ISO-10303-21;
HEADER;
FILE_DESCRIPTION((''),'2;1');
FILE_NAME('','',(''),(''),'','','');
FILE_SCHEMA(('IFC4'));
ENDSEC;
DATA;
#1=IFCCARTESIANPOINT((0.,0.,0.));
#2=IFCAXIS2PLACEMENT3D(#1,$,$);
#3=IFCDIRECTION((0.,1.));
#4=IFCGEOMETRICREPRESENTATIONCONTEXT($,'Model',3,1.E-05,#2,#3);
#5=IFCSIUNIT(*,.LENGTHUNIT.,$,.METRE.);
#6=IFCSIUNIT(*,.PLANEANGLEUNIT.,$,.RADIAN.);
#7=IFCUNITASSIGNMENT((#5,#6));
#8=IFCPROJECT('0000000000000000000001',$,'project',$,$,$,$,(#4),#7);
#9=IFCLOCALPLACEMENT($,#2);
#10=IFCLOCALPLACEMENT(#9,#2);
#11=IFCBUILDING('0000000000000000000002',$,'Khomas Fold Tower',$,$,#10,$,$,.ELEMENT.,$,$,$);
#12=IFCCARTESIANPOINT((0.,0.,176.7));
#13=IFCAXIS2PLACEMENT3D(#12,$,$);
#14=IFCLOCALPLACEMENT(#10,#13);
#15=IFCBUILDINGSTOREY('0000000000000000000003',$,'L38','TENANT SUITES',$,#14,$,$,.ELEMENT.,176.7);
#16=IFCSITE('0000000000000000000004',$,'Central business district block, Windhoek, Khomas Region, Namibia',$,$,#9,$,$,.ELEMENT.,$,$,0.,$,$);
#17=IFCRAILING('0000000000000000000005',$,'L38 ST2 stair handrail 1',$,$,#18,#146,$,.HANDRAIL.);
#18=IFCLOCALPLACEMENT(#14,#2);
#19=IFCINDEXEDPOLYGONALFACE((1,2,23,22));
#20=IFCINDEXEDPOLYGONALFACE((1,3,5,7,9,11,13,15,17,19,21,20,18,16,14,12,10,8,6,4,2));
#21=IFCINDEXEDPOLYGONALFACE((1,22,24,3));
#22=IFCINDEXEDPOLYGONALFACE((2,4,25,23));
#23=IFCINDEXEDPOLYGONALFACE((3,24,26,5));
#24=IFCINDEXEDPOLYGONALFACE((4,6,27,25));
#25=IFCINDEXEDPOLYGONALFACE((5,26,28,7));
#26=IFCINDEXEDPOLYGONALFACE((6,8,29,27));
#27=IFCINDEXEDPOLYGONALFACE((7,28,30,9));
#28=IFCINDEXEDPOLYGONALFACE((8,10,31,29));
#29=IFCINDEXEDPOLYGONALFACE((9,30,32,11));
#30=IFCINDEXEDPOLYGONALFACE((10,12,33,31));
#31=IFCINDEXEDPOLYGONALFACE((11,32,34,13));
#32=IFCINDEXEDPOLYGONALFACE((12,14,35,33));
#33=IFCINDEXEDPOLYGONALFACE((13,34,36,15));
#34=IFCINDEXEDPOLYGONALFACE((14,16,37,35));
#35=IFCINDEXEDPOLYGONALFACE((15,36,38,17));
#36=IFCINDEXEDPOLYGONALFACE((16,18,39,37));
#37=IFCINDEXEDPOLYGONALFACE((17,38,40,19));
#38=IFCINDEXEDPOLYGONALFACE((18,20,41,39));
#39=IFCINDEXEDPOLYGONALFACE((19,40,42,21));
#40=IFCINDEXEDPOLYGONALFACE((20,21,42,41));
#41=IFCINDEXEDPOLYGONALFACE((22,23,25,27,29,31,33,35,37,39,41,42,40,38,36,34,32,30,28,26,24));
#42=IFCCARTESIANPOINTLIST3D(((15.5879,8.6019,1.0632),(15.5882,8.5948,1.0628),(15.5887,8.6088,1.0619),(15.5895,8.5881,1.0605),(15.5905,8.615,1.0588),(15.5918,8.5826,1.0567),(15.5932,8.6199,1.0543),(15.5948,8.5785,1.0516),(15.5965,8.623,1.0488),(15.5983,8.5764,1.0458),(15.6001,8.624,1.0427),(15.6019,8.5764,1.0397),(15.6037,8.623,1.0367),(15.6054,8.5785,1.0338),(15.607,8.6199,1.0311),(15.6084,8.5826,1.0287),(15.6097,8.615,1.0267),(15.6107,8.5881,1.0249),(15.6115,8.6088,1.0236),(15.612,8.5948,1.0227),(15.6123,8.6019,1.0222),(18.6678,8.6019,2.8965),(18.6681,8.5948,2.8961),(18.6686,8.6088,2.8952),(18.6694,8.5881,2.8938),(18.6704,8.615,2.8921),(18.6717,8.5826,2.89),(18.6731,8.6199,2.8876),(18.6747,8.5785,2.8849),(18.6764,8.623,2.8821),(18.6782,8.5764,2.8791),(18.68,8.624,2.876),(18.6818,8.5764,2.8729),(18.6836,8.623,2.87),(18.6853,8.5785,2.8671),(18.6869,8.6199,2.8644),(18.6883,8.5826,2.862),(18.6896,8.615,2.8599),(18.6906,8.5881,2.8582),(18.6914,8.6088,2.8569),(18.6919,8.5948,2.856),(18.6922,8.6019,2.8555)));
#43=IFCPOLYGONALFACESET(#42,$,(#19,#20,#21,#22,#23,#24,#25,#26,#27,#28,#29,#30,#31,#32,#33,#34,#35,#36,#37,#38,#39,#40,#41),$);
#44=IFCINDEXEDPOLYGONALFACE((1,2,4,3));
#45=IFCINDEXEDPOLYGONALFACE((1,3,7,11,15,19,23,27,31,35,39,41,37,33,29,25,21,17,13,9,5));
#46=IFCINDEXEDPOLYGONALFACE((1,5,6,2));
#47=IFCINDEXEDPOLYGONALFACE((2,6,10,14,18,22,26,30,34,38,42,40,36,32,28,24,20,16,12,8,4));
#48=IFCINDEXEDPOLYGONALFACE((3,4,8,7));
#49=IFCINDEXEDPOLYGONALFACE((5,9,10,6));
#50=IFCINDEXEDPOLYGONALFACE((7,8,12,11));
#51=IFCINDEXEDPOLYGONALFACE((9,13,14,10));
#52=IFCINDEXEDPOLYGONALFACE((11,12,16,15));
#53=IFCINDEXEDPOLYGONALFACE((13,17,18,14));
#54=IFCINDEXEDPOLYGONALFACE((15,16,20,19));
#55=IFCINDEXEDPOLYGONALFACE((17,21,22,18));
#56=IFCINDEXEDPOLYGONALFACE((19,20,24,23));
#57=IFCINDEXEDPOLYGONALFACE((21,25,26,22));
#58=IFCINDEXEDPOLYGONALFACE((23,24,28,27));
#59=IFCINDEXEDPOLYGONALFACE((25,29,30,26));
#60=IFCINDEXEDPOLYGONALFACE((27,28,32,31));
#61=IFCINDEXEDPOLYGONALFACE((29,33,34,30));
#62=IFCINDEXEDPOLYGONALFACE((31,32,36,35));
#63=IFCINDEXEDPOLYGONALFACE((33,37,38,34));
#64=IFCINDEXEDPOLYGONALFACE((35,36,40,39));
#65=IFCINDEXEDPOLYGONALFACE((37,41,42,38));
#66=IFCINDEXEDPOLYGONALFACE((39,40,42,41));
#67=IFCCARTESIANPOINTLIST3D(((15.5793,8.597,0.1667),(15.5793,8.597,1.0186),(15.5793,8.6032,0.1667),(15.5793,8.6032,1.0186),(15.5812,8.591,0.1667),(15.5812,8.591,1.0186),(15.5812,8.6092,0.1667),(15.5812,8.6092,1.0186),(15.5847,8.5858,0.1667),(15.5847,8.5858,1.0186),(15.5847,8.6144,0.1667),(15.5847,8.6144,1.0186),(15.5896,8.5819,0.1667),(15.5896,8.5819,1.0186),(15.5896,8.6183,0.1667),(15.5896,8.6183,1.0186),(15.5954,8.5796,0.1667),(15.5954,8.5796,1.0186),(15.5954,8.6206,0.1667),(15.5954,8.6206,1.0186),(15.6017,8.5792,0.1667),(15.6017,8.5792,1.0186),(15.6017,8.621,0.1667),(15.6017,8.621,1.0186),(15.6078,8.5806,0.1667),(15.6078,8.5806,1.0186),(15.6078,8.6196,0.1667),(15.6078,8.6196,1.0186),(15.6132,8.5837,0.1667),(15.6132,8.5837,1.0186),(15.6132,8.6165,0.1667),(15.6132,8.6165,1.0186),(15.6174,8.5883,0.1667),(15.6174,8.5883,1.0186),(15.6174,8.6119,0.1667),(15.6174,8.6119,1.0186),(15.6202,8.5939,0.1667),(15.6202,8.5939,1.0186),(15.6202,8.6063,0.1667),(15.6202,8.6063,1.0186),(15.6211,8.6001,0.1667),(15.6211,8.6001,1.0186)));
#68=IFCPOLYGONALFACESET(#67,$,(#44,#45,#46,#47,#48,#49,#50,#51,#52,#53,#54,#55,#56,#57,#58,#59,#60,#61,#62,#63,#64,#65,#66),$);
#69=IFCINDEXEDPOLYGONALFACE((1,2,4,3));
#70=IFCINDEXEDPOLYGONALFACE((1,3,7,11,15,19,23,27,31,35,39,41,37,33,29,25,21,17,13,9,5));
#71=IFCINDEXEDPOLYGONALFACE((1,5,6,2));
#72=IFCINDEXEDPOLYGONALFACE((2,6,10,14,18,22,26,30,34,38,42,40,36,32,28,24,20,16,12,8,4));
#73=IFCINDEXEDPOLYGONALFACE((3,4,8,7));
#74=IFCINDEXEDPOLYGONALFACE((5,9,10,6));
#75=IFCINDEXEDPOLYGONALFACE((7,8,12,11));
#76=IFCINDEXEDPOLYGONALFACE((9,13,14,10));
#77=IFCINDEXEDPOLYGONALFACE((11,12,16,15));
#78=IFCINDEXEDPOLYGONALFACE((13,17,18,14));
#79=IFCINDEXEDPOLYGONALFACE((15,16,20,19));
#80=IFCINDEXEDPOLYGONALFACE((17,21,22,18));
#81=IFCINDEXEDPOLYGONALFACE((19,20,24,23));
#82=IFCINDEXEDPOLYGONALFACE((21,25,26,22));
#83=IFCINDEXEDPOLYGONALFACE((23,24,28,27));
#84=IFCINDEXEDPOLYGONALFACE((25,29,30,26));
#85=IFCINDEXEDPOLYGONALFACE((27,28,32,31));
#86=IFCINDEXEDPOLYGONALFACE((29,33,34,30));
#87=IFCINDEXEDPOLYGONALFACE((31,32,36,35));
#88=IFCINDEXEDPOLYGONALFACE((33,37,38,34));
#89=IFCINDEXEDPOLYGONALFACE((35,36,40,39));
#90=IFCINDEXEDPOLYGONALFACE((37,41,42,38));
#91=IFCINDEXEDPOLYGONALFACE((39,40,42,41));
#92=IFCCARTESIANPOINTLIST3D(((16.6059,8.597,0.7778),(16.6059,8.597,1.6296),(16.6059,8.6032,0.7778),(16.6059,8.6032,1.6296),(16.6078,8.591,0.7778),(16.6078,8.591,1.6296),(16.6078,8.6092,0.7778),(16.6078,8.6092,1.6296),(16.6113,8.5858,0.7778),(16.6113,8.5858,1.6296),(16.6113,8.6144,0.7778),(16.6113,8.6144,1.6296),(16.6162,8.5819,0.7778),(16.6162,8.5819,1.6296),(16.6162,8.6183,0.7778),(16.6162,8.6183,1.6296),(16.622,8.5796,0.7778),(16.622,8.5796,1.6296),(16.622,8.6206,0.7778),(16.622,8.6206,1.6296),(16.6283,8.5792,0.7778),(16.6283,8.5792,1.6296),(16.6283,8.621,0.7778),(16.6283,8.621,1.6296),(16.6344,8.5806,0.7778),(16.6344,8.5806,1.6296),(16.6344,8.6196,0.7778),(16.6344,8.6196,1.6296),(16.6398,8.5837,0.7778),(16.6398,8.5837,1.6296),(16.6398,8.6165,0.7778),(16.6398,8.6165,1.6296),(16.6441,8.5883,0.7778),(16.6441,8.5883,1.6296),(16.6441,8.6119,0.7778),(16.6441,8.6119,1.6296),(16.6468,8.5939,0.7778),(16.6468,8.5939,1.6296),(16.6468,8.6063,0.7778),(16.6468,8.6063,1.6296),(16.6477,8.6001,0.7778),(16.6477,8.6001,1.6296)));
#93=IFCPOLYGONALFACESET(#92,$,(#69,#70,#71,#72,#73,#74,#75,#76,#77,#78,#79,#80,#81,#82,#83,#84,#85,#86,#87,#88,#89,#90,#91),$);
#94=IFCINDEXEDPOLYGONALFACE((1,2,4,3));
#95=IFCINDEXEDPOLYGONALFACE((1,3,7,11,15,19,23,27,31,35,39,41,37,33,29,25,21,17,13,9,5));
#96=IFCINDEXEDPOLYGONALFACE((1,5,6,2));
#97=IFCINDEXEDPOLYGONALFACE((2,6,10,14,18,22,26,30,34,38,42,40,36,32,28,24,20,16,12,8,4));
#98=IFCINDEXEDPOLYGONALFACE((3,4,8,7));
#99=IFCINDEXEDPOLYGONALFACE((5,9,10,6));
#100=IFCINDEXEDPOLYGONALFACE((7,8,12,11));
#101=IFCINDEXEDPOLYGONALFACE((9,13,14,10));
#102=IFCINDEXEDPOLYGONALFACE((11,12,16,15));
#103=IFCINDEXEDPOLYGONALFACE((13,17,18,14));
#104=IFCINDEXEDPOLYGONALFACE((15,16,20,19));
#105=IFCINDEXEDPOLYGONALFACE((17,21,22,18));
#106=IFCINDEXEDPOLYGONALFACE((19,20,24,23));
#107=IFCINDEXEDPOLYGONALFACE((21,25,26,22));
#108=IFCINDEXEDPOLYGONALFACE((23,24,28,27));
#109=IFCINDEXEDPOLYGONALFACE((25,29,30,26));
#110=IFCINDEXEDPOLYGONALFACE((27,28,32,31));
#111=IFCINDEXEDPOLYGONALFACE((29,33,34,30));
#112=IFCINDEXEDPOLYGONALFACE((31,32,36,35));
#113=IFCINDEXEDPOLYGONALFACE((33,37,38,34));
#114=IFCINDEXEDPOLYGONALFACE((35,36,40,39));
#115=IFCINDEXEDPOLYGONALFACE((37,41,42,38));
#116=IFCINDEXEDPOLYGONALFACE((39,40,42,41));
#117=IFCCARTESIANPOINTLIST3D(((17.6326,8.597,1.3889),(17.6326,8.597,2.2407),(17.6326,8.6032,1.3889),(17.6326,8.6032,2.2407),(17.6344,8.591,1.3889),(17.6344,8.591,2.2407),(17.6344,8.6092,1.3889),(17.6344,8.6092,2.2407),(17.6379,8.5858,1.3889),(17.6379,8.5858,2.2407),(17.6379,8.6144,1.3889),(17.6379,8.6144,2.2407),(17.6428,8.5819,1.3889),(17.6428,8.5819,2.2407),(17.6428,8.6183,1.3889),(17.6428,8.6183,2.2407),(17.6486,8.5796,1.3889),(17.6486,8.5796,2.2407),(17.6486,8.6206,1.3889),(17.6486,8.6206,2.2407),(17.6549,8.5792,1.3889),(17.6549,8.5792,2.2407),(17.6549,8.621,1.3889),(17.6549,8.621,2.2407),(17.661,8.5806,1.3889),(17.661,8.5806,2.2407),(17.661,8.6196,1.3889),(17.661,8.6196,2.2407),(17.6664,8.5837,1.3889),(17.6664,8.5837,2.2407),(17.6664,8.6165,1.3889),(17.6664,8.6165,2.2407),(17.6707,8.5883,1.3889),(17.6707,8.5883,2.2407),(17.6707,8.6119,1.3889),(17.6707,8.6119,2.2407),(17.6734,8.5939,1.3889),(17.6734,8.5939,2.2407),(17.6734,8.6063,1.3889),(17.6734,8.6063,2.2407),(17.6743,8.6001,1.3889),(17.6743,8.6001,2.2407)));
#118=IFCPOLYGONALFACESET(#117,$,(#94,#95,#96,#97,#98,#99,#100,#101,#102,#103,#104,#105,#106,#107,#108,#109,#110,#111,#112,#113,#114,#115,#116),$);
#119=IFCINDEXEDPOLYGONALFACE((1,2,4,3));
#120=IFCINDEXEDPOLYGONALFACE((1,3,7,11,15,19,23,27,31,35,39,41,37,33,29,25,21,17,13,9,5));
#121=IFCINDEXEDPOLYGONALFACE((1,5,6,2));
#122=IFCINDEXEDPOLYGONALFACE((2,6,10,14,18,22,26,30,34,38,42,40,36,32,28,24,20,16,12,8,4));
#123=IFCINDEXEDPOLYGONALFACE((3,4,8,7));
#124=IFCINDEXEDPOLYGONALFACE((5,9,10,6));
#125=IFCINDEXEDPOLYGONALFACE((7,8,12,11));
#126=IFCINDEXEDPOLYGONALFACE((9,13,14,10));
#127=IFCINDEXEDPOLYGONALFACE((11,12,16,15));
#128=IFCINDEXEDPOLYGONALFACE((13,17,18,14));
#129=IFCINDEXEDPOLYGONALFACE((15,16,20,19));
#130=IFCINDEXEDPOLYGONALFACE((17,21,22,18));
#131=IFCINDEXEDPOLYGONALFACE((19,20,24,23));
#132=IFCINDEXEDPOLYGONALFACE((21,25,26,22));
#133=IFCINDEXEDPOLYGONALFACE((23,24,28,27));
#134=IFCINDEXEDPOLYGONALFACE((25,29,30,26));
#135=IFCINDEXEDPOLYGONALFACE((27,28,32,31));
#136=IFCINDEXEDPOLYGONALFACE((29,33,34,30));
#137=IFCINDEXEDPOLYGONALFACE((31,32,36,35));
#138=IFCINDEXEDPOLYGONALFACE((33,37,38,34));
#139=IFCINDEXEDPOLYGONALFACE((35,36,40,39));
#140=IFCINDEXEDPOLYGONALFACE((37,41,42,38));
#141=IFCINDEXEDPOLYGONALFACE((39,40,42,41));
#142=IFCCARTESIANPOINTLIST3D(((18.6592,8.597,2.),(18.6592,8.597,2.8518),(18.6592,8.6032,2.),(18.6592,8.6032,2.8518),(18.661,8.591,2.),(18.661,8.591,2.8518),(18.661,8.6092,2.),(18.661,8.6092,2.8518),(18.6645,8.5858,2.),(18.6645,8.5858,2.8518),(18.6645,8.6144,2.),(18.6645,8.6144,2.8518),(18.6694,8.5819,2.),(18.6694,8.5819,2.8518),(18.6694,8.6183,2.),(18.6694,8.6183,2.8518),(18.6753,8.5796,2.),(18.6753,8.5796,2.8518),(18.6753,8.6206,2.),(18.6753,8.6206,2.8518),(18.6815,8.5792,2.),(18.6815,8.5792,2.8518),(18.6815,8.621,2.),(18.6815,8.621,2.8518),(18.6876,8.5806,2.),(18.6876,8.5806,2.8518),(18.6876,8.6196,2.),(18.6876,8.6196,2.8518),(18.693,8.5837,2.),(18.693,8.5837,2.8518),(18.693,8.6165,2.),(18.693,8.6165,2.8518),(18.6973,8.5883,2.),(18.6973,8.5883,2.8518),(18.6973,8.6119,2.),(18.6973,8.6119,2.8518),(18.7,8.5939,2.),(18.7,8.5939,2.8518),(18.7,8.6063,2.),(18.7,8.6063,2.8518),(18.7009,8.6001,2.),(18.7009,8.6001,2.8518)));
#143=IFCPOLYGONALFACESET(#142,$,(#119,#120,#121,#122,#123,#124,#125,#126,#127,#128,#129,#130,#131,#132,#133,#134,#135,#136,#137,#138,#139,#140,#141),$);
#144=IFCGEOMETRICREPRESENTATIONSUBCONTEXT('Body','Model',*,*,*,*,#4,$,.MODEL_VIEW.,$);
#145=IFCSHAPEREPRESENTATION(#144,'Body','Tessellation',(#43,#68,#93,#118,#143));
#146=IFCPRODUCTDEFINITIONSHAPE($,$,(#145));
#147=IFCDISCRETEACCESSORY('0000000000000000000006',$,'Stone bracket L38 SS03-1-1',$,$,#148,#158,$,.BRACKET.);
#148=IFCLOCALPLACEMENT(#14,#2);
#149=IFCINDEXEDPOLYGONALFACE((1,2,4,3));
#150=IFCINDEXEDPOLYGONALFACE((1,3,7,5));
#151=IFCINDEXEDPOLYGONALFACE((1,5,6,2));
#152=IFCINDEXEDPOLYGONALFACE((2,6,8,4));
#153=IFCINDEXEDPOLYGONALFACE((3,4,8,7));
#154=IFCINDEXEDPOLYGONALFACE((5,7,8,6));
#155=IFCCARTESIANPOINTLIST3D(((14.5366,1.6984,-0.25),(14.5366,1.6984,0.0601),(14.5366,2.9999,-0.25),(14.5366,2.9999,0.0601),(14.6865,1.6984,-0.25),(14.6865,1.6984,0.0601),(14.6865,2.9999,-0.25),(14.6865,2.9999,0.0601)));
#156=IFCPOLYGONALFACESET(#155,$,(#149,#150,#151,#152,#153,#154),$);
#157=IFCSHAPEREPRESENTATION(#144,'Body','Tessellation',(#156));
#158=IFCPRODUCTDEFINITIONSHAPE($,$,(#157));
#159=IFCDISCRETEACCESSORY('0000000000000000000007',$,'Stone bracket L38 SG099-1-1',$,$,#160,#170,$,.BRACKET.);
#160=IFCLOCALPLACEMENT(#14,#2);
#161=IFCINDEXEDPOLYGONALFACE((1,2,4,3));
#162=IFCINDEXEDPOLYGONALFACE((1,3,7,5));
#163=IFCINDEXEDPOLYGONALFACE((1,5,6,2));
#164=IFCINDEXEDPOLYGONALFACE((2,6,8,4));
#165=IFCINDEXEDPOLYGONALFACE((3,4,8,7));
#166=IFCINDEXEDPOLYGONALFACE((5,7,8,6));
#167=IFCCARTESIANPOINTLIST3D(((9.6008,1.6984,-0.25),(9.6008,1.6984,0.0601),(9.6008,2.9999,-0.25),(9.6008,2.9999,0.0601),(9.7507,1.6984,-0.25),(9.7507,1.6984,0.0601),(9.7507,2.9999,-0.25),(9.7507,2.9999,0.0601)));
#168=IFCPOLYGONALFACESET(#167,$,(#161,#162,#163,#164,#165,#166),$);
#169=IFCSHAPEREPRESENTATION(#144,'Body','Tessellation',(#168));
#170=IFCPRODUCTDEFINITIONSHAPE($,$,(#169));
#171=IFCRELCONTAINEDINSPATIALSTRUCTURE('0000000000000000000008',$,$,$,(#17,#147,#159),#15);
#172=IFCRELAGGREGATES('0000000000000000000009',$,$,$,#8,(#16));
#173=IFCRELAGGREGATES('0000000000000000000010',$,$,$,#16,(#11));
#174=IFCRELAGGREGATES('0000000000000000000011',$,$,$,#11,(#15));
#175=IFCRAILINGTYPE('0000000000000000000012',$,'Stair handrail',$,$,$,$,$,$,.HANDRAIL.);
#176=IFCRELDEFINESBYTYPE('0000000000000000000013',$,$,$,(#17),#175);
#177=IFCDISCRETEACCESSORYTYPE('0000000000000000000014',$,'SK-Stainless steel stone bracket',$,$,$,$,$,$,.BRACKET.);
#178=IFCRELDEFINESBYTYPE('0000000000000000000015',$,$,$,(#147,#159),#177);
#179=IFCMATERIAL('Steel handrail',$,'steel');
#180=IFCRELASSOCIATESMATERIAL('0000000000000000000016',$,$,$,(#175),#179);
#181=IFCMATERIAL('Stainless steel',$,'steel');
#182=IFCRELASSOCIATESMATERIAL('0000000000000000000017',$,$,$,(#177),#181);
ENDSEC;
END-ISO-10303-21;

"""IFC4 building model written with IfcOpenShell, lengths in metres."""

from ifc_helpers import new_model, si_unit, direction, frame, origin, origin_2d, place, context, subcontext, project, spatial, rectangle, circle, extrude, source, transform, mapped, material, type_object, element, save


model = new_model("IFC4")

# Units and contexts
model_context = context("Model", 3, precision=1e-05, world=origin(), true_north=direction((0.0, 1.0)))
body_context = subcontext(model_context, "Body", "Model", "MODEL_VIEW")
ifc_project = project(units=[si_unit("LENGTHUNIT", "METRE"), si_unit("PLANEANGLEUNIT", "RADIAN")], contexts=[model_context])

# Site, building, storey
site_placement = place(None, origin())
site = spatial("IfcSite", under=ifc_project, at=site_placement, Name="Central business district block, Windhoek, Khomas Region, Namibia", CompositionType="ELEMENT", RefElevation=0.0)
building_placement = place(site_placement, origin())
building = spatial("IfcBuilding", under=site, at=building_placement, Name="Khomas Fold Tower", CompositionType="ELEMENT")
storey_placement = place(building_placement, frame((0.0, 0.0, 176.7)))
storey = spatial("IfcBuildingStorey", under=building, at=storey_placement, Name="L38", Description="TENANT SUITES", CompositionType="ELEMENT", Elevation=176.7)

# Railing
ifc_material_1 = material(Name="Steel handrail", Category="steel")
railing_type = type_object("IfcRailingType", Name="Stair handrail", PredefinedType="HANDRAIL", material=ifc_material_1)
shared_shape_1 = source(origin(), body_context, "Body", "SweptSolid", [
    extrude(circle(Radius=0.0239, at=origin_2d()), frame((0.0, 0.0, 0.876), z_axis=(0.859291, 0.0, 0.511487), x_axis=(0.0, 1.0, 0.0)), (0.0, 0.0, 1.0), 3.5842),
    extrude(circle(Radius=0.021, at=origin_2d()), origin(), (0.0, 0.0, 1.0), 0.8518),
    extrude(circle(Radius=0.021, at=origin_2d()), frame((1.0266, 0.0, 0.6111)), (0.0, 0.0, 1.0), 0.8518),
    extrude(circle(Radius=0.021, at=origin_2d()), frame((2.0532, 0.0, 1.2222)), (0.0, 0.0, 1.0), 0.8518),
    extrude(circle(Radius=0.021, at=origin_2d()), frame((3.0798, 0.0, 1.8333)), (0.0, 0.0, 1.0), 0.8518),
])
railing_placement = place(storey_placement, frame((15.6001, 8.6001, 0.1667)))
element("IfcRailing", 1, at=railing_placement, inside=storey, type_object=railing_type, Name="L38 ST2 stair handrail 1", PredefinedType="HANDRAIL", context=body_context, shape_type="MappedRepresentation", body=[
    mapped(shared_shape_1, transform((0.0, 0.0, 0.0))),
])

# Discrete accessories
ifc_material_2 = material(Name="Stainless steel", Category="steel")
discrete_accessory_type = type_object("IfcDiscreteAccessoryType", Name="SK-Stainless steel stone bracket", PredefinedType="BRACKET", material=ifc_material_2)
shared_shape_2 = source(origin(), body_context, "Body", "SweptSolid", [
    extrude(rectangle(XDim=1.3015, YDim=0.1499, at=origin_2d()), origin(), (0.0, 0.0, 1.0), 0.3101),
])
for number, where, z_axis, x_axis, name in (
    (2, (14.6116, 2.3491, -0.25), (0.0, 0.0, 1.0), (0.0, -1.0, 0.0), "Stone bracket L38 SS03-1-1"),
    (3, (9.6758, 2.3491, -0.25), (0.0, 0.0, 1.0), (0.0, -1.0, 0.0), "Stone bracket L38 SG099-1-1"),
):
    element("IfcDiscreteAccessory", number, at=place(storey_placement, frame(where, z_axis=z_axis, x_axis=x_axis)), inside=storey, type_object=discrete_accessory_type, Name=name, PredefinedType="BRACKET", context=body_context, shape_type="MappedRepresentation", body=[
        mapped(shared_shape_2, transform((0.0, 0.0, 0.0))),
    ])

save(model, "model.ifc")
